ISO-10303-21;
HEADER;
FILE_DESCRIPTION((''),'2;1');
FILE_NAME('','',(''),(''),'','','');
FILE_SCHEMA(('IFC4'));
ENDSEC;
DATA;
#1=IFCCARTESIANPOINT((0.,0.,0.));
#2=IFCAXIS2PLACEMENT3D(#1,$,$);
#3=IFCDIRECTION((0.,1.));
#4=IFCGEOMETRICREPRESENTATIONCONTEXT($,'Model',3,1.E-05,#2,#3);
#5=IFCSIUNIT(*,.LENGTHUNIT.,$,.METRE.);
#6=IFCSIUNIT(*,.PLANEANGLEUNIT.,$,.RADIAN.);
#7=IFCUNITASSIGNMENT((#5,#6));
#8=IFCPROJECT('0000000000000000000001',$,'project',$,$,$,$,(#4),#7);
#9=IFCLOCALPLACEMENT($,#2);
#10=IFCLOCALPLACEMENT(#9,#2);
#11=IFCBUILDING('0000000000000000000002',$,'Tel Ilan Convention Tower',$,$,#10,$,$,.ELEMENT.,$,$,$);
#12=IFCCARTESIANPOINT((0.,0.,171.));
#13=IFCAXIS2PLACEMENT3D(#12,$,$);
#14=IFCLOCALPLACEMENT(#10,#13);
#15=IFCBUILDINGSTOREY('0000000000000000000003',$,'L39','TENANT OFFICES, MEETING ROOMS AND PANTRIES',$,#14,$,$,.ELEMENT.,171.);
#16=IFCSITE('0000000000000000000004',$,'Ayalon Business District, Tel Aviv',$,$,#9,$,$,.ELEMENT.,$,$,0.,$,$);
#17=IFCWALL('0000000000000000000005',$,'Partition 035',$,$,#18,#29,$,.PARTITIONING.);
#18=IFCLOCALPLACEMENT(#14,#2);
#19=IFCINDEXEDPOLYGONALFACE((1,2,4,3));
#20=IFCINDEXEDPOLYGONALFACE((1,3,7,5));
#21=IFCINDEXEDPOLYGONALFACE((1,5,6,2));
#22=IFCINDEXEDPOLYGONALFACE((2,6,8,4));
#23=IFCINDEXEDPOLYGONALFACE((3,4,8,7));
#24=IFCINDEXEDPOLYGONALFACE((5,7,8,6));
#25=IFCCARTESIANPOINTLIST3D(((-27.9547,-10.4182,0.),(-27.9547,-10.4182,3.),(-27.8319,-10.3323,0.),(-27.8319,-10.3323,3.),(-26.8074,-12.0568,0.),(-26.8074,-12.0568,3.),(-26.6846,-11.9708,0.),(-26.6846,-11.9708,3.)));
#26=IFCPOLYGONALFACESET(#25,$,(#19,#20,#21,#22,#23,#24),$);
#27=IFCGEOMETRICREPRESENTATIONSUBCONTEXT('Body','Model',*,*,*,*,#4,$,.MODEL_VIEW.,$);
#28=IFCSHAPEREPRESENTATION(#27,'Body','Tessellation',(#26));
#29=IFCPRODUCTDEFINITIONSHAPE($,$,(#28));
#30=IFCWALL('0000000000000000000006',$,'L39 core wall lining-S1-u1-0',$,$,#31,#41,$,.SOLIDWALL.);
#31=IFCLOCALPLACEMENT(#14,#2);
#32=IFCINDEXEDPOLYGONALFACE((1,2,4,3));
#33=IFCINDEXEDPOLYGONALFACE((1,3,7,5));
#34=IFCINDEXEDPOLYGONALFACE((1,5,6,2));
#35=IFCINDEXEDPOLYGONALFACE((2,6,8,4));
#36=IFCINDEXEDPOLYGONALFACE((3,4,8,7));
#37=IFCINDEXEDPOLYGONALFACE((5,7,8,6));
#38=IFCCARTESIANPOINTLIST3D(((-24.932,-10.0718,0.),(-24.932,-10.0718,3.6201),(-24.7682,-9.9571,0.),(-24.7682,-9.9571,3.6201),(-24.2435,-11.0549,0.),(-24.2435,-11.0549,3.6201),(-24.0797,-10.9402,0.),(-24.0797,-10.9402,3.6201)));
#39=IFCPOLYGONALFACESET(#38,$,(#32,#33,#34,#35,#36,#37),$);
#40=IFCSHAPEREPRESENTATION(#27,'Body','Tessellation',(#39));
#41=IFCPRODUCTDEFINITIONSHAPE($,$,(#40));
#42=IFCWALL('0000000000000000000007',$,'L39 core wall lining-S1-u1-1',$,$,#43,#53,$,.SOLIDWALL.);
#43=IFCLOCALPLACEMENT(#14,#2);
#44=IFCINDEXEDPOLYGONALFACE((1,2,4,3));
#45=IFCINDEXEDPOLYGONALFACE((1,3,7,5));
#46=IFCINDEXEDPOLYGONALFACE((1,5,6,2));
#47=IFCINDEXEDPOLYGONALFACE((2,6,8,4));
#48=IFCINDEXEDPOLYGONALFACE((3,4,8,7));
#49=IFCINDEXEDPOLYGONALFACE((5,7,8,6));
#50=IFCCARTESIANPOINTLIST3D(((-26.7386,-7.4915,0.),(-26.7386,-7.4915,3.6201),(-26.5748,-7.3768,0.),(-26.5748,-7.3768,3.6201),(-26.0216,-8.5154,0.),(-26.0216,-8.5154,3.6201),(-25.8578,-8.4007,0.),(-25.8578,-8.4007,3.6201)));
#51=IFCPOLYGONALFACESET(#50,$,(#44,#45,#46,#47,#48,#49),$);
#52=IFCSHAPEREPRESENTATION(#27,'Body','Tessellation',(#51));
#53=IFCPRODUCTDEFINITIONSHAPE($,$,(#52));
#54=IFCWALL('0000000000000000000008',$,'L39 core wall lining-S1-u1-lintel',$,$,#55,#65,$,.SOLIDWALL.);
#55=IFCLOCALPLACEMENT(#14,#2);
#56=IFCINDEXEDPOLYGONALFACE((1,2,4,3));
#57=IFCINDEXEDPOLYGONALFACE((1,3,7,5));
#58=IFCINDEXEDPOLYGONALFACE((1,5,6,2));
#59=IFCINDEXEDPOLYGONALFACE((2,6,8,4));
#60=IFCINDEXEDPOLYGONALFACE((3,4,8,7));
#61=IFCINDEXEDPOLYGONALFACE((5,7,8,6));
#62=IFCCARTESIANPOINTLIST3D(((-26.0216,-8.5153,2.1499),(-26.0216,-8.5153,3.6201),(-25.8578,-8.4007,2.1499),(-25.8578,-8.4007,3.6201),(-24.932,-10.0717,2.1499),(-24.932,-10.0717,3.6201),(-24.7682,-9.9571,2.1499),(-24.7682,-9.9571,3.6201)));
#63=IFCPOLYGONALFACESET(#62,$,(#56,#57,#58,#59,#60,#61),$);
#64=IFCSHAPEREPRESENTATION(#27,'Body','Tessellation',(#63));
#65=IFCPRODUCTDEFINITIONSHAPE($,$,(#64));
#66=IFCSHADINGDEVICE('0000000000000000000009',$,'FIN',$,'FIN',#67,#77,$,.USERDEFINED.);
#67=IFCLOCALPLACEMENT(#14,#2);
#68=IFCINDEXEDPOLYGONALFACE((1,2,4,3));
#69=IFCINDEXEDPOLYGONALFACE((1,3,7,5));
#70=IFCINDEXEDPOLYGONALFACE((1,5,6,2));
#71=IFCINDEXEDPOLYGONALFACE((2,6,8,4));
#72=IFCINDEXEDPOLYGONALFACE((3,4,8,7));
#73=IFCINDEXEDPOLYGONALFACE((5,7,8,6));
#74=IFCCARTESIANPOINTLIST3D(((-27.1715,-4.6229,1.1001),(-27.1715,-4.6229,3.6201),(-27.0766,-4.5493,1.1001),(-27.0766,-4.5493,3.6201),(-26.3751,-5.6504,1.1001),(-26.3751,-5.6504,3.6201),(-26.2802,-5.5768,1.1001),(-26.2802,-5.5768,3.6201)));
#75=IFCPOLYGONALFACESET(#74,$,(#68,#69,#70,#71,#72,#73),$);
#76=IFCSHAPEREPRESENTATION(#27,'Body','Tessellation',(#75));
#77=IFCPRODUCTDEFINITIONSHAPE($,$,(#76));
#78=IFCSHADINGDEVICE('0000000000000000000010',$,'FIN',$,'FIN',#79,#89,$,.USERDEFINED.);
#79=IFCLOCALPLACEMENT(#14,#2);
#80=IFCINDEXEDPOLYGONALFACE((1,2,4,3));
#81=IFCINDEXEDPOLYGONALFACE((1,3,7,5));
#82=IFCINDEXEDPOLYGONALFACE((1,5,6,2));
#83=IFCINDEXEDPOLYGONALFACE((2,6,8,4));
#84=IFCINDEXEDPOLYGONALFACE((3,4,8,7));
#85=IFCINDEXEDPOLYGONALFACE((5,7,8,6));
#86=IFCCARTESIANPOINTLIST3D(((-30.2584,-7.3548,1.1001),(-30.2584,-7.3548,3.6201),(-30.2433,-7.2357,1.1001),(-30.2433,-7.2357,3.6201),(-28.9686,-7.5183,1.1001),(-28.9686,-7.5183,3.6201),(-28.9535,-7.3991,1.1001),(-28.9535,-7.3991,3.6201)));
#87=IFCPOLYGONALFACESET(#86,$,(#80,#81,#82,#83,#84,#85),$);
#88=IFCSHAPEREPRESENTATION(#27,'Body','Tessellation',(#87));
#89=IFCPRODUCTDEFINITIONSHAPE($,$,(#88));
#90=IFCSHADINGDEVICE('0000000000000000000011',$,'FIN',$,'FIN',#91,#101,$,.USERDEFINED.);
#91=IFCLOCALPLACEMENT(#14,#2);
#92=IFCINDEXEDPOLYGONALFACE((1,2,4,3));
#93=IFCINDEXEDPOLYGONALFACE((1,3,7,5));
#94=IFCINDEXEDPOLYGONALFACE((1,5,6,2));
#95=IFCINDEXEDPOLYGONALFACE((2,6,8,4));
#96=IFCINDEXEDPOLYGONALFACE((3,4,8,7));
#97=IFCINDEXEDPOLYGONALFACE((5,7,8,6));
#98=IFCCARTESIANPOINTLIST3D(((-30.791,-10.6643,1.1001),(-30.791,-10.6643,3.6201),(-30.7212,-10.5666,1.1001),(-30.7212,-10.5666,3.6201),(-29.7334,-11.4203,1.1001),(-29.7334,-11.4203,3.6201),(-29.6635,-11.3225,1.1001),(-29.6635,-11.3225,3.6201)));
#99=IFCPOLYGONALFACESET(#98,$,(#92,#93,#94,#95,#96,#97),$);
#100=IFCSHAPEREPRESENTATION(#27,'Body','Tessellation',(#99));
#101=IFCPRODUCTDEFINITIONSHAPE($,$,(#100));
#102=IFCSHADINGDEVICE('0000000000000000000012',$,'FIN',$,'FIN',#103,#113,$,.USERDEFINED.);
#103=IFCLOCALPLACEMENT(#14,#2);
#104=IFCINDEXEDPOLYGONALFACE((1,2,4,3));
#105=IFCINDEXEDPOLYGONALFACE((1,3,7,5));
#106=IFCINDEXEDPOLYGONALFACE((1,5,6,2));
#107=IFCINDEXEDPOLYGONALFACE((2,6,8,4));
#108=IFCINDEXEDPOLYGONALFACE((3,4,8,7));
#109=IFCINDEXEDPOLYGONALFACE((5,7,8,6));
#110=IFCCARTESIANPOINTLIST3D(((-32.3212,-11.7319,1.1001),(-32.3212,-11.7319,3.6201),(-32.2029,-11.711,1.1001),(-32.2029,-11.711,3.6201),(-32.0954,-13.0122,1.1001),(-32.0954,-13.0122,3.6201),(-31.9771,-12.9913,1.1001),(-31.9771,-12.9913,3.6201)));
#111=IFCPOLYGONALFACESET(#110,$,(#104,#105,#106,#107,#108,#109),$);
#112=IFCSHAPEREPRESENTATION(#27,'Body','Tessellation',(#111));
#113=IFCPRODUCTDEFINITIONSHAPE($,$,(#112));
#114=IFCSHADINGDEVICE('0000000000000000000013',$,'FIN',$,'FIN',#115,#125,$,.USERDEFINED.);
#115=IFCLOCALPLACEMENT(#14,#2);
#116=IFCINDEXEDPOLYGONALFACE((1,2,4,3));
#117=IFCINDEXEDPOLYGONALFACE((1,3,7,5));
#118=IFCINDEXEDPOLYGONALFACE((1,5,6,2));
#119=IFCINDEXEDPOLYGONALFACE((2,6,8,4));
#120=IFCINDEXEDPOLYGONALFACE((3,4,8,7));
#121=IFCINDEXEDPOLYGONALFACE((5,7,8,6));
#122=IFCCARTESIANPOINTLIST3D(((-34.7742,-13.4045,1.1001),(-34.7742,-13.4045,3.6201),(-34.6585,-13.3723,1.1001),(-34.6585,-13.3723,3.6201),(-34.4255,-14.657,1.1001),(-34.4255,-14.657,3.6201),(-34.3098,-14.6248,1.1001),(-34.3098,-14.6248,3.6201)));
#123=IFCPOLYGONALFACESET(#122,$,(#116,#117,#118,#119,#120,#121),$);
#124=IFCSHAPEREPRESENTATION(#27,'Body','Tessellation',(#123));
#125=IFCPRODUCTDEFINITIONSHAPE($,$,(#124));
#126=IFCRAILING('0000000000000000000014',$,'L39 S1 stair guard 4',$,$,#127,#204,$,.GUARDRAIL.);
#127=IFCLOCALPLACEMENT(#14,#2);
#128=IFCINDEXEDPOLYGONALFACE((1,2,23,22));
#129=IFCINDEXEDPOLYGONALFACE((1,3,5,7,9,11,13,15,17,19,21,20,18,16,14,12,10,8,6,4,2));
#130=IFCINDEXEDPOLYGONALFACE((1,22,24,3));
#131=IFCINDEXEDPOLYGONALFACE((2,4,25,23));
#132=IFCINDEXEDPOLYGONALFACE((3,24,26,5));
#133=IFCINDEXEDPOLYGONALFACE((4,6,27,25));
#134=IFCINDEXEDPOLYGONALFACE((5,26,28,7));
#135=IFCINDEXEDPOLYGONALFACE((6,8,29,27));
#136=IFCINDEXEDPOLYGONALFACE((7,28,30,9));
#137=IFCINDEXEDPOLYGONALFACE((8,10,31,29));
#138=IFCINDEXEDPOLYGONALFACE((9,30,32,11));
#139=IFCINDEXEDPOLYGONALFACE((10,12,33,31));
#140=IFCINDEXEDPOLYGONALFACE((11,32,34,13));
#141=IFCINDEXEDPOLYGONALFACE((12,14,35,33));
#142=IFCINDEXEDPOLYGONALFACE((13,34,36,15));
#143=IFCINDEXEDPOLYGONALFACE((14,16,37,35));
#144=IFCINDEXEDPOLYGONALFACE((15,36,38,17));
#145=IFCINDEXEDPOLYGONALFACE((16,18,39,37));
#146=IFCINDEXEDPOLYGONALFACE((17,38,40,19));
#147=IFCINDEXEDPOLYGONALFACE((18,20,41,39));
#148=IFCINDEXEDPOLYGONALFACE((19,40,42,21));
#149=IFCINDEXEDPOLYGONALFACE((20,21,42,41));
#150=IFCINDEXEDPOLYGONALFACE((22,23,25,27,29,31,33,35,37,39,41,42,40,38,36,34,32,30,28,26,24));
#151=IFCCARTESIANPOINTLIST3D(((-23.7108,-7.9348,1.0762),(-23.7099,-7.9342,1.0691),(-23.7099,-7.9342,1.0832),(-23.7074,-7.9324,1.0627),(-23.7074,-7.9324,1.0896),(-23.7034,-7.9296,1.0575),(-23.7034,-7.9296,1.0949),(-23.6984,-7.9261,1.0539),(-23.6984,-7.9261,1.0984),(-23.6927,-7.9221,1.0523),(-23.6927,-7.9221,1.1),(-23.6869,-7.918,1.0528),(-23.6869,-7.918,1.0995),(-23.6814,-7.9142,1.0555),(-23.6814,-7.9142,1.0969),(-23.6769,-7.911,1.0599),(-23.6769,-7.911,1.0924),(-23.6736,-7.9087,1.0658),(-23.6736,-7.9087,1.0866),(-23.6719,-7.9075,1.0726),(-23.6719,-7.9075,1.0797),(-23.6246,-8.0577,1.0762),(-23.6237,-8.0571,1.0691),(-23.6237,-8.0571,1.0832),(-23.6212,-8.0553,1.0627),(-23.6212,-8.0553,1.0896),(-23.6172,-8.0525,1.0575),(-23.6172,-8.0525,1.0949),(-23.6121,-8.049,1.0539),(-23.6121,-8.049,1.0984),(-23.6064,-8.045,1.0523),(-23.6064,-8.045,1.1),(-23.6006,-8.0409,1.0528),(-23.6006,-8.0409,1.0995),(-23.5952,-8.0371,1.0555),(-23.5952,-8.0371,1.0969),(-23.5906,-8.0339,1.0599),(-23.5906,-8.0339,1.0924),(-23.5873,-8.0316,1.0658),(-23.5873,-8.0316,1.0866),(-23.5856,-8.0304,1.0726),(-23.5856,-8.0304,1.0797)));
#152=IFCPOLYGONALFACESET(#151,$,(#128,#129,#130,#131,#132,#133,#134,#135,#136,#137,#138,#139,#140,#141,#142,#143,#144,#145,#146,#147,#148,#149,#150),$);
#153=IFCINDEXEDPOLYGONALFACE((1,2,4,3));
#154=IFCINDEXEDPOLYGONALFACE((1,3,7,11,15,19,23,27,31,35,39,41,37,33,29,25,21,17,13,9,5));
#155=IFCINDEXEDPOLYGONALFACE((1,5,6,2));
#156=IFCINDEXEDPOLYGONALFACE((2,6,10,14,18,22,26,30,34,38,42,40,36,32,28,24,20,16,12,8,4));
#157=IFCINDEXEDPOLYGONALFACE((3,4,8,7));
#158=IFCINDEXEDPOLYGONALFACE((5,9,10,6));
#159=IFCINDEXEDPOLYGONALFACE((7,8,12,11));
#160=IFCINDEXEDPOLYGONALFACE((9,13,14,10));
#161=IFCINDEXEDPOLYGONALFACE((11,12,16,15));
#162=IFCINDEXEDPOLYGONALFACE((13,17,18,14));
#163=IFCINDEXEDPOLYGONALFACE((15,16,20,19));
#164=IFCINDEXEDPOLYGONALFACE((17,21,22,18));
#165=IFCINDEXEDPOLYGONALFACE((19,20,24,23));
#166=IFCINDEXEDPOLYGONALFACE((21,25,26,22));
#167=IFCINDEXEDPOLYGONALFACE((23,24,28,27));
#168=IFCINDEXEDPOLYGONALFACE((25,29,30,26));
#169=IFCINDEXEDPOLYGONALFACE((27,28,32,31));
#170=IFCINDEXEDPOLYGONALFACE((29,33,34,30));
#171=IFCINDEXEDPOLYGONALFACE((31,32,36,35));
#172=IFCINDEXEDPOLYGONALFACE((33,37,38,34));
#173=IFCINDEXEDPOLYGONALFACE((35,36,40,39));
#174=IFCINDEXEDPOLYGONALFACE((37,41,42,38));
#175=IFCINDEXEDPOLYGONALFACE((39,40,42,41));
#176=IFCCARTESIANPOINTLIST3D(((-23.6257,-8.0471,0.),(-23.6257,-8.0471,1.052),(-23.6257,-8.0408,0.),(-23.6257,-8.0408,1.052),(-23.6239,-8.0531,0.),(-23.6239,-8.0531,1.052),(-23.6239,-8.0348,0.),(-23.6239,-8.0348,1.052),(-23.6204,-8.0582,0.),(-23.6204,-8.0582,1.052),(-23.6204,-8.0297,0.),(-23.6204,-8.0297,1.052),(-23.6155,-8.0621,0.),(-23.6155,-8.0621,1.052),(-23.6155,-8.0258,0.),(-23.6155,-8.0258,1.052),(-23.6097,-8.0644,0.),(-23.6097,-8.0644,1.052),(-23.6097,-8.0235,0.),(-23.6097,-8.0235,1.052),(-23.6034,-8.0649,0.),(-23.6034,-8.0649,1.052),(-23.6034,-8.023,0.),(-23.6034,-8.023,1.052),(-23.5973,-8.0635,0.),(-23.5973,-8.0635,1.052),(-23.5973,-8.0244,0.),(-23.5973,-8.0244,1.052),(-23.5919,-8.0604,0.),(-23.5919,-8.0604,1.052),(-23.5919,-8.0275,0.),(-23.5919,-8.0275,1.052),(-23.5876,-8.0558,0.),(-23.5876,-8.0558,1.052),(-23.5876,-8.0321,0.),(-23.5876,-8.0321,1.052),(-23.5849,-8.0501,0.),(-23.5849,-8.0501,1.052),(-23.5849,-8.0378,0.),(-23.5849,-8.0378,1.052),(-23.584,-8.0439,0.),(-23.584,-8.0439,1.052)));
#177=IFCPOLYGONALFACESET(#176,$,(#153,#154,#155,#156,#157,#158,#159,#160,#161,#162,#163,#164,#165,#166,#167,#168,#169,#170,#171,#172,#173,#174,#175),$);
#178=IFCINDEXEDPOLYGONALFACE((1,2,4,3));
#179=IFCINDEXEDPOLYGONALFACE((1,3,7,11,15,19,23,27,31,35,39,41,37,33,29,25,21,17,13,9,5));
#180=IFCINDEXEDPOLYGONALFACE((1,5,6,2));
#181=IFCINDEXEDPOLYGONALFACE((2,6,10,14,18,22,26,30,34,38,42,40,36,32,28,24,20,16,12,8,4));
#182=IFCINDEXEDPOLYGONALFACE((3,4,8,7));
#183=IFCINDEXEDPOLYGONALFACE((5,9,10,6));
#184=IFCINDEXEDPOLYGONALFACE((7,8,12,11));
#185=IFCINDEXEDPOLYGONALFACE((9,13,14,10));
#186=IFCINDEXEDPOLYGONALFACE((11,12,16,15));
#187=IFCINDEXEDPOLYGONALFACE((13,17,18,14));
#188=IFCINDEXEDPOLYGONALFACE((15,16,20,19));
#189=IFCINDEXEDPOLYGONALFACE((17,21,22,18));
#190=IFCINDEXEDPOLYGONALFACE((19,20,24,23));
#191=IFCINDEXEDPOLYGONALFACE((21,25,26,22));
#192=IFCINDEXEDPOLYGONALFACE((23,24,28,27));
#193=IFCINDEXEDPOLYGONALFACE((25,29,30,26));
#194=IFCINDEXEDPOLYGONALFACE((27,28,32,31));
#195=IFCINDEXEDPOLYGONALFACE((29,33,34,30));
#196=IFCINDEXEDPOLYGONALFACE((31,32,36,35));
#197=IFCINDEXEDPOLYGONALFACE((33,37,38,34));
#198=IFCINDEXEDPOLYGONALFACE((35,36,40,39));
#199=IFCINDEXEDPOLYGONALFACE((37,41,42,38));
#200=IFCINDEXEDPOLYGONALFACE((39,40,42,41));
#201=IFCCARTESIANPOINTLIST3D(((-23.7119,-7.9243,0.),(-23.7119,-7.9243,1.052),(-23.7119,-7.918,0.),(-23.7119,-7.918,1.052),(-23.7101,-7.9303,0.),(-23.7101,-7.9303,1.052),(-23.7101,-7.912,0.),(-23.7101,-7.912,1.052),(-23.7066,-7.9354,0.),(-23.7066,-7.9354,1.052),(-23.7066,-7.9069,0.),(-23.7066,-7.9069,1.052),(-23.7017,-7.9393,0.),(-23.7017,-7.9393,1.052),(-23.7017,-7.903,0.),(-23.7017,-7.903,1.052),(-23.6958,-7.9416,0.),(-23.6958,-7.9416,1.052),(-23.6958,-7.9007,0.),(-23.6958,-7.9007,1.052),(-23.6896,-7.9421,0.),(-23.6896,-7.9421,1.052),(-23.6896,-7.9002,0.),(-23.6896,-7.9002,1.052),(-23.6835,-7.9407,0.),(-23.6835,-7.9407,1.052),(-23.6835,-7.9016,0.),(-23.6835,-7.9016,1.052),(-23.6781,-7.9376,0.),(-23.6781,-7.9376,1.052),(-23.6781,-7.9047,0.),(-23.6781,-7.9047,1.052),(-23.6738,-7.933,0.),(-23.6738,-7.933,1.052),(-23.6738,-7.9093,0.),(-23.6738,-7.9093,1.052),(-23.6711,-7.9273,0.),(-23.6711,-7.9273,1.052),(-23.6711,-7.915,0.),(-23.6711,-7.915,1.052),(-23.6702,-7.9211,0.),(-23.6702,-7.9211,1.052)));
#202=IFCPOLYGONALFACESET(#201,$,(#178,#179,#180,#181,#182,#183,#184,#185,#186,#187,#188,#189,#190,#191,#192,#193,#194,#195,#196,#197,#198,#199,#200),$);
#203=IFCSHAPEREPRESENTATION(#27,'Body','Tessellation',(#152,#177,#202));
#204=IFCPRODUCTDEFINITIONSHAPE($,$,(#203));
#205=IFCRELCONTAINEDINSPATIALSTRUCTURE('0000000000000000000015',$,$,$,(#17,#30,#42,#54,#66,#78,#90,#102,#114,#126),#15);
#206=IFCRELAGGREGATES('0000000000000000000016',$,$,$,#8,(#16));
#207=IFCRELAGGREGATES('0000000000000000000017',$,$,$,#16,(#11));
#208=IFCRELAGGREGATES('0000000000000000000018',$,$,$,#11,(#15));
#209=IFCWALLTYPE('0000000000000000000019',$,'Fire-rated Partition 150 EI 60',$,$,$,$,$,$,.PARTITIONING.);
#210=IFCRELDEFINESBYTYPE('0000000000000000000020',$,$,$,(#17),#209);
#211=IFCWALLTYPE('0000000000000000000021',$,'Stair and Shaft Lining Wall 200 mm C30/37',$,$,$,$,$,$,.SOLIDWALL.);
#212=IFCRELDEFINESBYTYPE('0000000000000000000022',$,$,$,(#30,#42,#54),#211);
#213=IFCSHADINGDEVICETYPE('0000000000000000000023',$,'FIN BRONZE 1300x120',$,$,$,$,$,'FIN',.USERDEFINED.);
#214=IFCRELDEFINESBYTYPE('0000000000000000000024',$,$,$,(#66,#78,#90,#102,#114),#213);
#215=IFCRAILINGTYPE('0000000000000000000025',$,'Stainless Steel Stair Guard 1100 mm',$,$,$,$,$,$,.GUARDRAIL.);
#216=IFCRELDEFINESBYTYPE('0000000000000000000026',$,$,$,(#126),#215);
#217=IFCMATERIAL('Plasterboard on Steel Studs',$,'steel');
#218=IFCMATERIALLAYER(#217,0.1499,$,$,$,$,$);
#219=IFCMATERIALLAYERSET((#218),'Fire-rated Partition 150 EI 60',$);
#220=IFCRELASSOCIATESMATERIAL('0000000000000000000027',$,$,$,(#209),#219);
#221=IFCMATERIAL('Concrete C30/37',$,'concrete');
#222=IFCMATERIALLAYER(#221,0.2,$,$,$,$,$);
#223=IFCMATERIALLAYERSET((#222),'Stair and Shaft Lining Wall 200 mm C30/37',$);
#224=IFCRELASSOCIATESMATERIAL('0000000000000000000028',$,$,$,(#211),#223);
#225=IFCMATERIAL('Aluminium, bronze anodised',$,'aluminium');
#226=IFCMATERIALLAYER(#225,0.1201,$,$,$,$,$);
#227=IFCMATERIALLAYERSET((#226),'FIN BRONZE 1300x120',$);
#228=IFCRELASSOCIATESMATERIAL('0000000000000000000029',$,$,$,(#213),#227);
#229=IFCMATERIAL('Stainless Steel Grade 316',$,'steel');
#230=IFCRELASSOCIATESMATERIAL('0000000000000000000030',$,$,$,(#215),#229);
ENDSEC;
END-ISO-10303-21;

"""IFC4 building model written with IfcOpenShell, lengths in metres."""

from ifc_helpers import new_model, si_unit, direction, frame, frame_2d, origin, origin_2d, place, context, subcontext, project, spatial, rectangle, circle, extrude, material, layer, layer_set, type_object, element, save


model = new_model("IFC4")

# Units and contexts
model_context = context("Model", 3, precision=1e-05, world=origin(), true_north=direction((0.0, 1.0)))
body_context = subcontext(model_context, "Body", "Model", "MODEL_VIEW")
ifc_project = project(units=[si_unit("LENGTHUNIT", "METRE"), si_unit("PLANEANGLEUNIT", "RADIAN")], contexts=[model_context])

# Site, building, storey
site_placement = place(None, origin())
site = spatial("IfcSite", under=ifc_project, at=site_placement, Name="Ayalon Business District, Tel Aviv", CompositionType="ELEMENT", RefElevation=0.0)
building_placement = place(site_placement, origin())
building = spatial("IfcBuilding", under=site, at=building_placement, Name="Tel Ilan Convention Tower", CompositionType="ELEMENT")
storey_placement = place(building_placement, frame((0.0, 0.0, 171.0)))
storey = spatial("IfcBuildingStorey", under=building, at=storey_placement, Name="L39", Description="TENANT OFFICES, MEETING ROOMS AND PANTRIES", CompositionType="ELEMENT", Elevation=171.0)

# Walls
ifc_material_1 = material(Name="Plasterboard on Steel Studs", Category="steel")
ifc_layer_1 = layer(ifc_material_1, 0.1499)
ifc_layer_set_1 = layer_set([ifc_layer_1], Name="Fire-rated Partition 150 EI 60")
wall_type_1 = type_object("IfcWallType", Name="Fire-rated Partition 150 EI 60", PredefinedType="PARTITIONING", material=ifc_layer_set_1)
wall_1_placement = place(storey_placement, frame((-26.7461, -12.0137, 0.0), z_axis=(0.0, 0.0, 1.0), x_axis=(-0.573569, 0.819157, 0.0)))
element("IfcWall", 1, at=wall_1_placement, inside=storey, type_object=wall_type_1, Name="Partition 035", PredefinedType="PARTITIONING", context=body_context, shape_type="SweptSolid", body=[
    extrude(rectangle(XDim=2.0002, YDim=0.1499, at=frame_2d((1.0, 0.0))), origin(), (0.0, 0.0, 1.0), 3.0),
])
ifc_material_2 = material(Name="Concrete C30/37", Category="concrete")
ifc_layer_2 = layer(ifc_material_2, 0.2)
ifc_layer_set_2 = layer_set([ifc_layer_2], Name="Stair and Shaft Lining Wall 200 mm C30/37")
wall_type_2 = type_object("IfcWallType", Name="Stair and Shaft Lining Wall 200 mm C30/37", PredefinedType="SOLIDWALL", material=ifc_layer_set_2)
wall_2_placement = place(storey_placement, frame((-24.1616, -10.9976, 0.0), z_axis=(0.0, 0.0, 1.0), x_axis=(-0.573613, 0.819127, 0.0)))
element("IfcWall", 2, at=wall_2_placement, inside=storey, type_object=wall_type_2, Name="L39 core wall lining-S1-u1-0", PredefinedType="SOLIDWALL", context=body_context, shape_type="SweptSolid", body=[
    extrude(rectangle(XDim=1.2002, YDim=0.2, at=frame_2d((0.6001, 0.0))), origin(), (0.0, 0.0, 1.0), 3.6201),
])
wall_3_placement = place(storey_placement, frame((-25.9397, -8.458, 0.0), z_axis=(0.0, 0.0, 1.0), x_axis=(-0.57362, 0.819122, 0.0)))
element("IfcWall", 3, at=wall_3_placement, inside=storey, type_object=wall_type_2, Name="L39 core wall lining-S1-u1-1", PredefinedType="SOLIDWALL", context=body_context, shape_type="SweptSolid", body=[
    extrude(rectangle(XDim=1.25, YDim=0.2, at=frame_2d((0.625, 0.0))), origin(), (0.0, 0.0, 1.0), 3.6201),
])
wall_4_placement = place(storey_placement, frame((-24.8501, -10.0144, 2.1499), z_axis=(0.0, 0.0, 1.0), x_axis=(-0.573505, 0.819202, 0.0)))
element("IfcWall", 4, at=wall_4_placement, inside=storey, type_object=wall_type_2, Name="L39 core wall lining-S1-u1-lintel", PredefinedType="SOLIDWALL", context=body_context, shape_type="SweptSolid", body=[
    extrude(rectangle(XDim=1.8999, YDim=0.2, at=frame_2d((0.95, 0.0))), origin(), (0.0, 0.0, 1.0), 1.4702),
])

# Shading devices
ifc_material_3 = material(Name="Aluminium, bronze anodised", Category="aluminium")
ifc_layer_3 = layer(ifc_material_3, 0.1201)
ifc_layer_set_3 = layer_set([ifc_layer_3], Name="FIN BRONZE 1300x120")
shading_device_type = type_object("IfcShadingDeviceType", Name="FIN BRONZE 1300x120", ElementType="FIN", PredefinedType="USERDEFINED", material=ifc_layer_set_3)
for number, where, z_axis, x_axis, name in (
    (5, (-26.7258, -5.0999, 1.1001), (0.0, 0.0, 1.0), (-0.612601, 0.790393, 0.0), "FIN"),
    (6, (-29.606, -7.377, 1.1001), (0.0, 0.0, 1.0), (-0.992066, 0.125718, 0.0), "FIN"),
    (7, (-30.2273, -10.9934, 1.1001), (0.0, 0.0, 1.0), (-0.813552, 0.581492, 0.0), "FIN"),
    (8, (-32.1492, -12.3616, 1.1001), (0.0, 0.0, 1.0), (-0.173648, 0.984808, 0.0), "FIN"),
    (9, (-34.542, -14.0146, 1.1001), (0.0, 0.0, 1.0), (-0.268173, 0.963371, 0.0), "FIN"),
):
    element("IfcShadingDevice", number, at=place(storey_placement, frame(where, z_axis=z_axis, x_axis=x_axis)), inside=storey, type_object=shading_device_type, Name=name, ObjectType="FIN", PredefinedType="USERDEFINED", context=body_context, shape_type="SweptSolid", body=[
        extrude(rectangle(XDim=1.3, YDim=0.1201, at=origin_2d()), origin(), (0.0, 0.0, 1.0), 2.52),
    ])

# Railing
ifc_material_4 = material(Name="Stainless Steel Grade 316", Category="steel")
railing_type = type_object("IfcRailingType", Name="Stainless Steel Stair Guard 1100 mm", PredefinedType="GUARDRAIL", material=ifc_material_4)
railing_placement = place(storey_placement, frame((-23.605, -8.0439, 0.0)))
element("IfcRailing", 10, at=railing_placement, inside=storey, type_object=railing_type, Name="L39 S1 stair guard 4", PredefinedType="GUARDRAIL", context=body_context, shape_type="SweptSolid", body=[
    extrude(circle(Radius=0.0239, at=origin_2d()), frame((0.0, 0.0, 1.0762), z_axis=(-0.574445, 0.818543, 0.0), x_axis=(-0.818543, -0.574445, 0.0)), (0.0, 0.0, 1.0), 0.1501),
    extrude(circle(Radius=0.021, at=origin_2d()), origin(), (0.0, 0.0, 1.0), 1.052),
    extrude(circle(Radius=0.021, at=origin_2d()), frame((-0.0862, 0.1228, 0.0)), (0.0, 0.0, 1.0), 1.052),
])

save(model, "model.ifc")
